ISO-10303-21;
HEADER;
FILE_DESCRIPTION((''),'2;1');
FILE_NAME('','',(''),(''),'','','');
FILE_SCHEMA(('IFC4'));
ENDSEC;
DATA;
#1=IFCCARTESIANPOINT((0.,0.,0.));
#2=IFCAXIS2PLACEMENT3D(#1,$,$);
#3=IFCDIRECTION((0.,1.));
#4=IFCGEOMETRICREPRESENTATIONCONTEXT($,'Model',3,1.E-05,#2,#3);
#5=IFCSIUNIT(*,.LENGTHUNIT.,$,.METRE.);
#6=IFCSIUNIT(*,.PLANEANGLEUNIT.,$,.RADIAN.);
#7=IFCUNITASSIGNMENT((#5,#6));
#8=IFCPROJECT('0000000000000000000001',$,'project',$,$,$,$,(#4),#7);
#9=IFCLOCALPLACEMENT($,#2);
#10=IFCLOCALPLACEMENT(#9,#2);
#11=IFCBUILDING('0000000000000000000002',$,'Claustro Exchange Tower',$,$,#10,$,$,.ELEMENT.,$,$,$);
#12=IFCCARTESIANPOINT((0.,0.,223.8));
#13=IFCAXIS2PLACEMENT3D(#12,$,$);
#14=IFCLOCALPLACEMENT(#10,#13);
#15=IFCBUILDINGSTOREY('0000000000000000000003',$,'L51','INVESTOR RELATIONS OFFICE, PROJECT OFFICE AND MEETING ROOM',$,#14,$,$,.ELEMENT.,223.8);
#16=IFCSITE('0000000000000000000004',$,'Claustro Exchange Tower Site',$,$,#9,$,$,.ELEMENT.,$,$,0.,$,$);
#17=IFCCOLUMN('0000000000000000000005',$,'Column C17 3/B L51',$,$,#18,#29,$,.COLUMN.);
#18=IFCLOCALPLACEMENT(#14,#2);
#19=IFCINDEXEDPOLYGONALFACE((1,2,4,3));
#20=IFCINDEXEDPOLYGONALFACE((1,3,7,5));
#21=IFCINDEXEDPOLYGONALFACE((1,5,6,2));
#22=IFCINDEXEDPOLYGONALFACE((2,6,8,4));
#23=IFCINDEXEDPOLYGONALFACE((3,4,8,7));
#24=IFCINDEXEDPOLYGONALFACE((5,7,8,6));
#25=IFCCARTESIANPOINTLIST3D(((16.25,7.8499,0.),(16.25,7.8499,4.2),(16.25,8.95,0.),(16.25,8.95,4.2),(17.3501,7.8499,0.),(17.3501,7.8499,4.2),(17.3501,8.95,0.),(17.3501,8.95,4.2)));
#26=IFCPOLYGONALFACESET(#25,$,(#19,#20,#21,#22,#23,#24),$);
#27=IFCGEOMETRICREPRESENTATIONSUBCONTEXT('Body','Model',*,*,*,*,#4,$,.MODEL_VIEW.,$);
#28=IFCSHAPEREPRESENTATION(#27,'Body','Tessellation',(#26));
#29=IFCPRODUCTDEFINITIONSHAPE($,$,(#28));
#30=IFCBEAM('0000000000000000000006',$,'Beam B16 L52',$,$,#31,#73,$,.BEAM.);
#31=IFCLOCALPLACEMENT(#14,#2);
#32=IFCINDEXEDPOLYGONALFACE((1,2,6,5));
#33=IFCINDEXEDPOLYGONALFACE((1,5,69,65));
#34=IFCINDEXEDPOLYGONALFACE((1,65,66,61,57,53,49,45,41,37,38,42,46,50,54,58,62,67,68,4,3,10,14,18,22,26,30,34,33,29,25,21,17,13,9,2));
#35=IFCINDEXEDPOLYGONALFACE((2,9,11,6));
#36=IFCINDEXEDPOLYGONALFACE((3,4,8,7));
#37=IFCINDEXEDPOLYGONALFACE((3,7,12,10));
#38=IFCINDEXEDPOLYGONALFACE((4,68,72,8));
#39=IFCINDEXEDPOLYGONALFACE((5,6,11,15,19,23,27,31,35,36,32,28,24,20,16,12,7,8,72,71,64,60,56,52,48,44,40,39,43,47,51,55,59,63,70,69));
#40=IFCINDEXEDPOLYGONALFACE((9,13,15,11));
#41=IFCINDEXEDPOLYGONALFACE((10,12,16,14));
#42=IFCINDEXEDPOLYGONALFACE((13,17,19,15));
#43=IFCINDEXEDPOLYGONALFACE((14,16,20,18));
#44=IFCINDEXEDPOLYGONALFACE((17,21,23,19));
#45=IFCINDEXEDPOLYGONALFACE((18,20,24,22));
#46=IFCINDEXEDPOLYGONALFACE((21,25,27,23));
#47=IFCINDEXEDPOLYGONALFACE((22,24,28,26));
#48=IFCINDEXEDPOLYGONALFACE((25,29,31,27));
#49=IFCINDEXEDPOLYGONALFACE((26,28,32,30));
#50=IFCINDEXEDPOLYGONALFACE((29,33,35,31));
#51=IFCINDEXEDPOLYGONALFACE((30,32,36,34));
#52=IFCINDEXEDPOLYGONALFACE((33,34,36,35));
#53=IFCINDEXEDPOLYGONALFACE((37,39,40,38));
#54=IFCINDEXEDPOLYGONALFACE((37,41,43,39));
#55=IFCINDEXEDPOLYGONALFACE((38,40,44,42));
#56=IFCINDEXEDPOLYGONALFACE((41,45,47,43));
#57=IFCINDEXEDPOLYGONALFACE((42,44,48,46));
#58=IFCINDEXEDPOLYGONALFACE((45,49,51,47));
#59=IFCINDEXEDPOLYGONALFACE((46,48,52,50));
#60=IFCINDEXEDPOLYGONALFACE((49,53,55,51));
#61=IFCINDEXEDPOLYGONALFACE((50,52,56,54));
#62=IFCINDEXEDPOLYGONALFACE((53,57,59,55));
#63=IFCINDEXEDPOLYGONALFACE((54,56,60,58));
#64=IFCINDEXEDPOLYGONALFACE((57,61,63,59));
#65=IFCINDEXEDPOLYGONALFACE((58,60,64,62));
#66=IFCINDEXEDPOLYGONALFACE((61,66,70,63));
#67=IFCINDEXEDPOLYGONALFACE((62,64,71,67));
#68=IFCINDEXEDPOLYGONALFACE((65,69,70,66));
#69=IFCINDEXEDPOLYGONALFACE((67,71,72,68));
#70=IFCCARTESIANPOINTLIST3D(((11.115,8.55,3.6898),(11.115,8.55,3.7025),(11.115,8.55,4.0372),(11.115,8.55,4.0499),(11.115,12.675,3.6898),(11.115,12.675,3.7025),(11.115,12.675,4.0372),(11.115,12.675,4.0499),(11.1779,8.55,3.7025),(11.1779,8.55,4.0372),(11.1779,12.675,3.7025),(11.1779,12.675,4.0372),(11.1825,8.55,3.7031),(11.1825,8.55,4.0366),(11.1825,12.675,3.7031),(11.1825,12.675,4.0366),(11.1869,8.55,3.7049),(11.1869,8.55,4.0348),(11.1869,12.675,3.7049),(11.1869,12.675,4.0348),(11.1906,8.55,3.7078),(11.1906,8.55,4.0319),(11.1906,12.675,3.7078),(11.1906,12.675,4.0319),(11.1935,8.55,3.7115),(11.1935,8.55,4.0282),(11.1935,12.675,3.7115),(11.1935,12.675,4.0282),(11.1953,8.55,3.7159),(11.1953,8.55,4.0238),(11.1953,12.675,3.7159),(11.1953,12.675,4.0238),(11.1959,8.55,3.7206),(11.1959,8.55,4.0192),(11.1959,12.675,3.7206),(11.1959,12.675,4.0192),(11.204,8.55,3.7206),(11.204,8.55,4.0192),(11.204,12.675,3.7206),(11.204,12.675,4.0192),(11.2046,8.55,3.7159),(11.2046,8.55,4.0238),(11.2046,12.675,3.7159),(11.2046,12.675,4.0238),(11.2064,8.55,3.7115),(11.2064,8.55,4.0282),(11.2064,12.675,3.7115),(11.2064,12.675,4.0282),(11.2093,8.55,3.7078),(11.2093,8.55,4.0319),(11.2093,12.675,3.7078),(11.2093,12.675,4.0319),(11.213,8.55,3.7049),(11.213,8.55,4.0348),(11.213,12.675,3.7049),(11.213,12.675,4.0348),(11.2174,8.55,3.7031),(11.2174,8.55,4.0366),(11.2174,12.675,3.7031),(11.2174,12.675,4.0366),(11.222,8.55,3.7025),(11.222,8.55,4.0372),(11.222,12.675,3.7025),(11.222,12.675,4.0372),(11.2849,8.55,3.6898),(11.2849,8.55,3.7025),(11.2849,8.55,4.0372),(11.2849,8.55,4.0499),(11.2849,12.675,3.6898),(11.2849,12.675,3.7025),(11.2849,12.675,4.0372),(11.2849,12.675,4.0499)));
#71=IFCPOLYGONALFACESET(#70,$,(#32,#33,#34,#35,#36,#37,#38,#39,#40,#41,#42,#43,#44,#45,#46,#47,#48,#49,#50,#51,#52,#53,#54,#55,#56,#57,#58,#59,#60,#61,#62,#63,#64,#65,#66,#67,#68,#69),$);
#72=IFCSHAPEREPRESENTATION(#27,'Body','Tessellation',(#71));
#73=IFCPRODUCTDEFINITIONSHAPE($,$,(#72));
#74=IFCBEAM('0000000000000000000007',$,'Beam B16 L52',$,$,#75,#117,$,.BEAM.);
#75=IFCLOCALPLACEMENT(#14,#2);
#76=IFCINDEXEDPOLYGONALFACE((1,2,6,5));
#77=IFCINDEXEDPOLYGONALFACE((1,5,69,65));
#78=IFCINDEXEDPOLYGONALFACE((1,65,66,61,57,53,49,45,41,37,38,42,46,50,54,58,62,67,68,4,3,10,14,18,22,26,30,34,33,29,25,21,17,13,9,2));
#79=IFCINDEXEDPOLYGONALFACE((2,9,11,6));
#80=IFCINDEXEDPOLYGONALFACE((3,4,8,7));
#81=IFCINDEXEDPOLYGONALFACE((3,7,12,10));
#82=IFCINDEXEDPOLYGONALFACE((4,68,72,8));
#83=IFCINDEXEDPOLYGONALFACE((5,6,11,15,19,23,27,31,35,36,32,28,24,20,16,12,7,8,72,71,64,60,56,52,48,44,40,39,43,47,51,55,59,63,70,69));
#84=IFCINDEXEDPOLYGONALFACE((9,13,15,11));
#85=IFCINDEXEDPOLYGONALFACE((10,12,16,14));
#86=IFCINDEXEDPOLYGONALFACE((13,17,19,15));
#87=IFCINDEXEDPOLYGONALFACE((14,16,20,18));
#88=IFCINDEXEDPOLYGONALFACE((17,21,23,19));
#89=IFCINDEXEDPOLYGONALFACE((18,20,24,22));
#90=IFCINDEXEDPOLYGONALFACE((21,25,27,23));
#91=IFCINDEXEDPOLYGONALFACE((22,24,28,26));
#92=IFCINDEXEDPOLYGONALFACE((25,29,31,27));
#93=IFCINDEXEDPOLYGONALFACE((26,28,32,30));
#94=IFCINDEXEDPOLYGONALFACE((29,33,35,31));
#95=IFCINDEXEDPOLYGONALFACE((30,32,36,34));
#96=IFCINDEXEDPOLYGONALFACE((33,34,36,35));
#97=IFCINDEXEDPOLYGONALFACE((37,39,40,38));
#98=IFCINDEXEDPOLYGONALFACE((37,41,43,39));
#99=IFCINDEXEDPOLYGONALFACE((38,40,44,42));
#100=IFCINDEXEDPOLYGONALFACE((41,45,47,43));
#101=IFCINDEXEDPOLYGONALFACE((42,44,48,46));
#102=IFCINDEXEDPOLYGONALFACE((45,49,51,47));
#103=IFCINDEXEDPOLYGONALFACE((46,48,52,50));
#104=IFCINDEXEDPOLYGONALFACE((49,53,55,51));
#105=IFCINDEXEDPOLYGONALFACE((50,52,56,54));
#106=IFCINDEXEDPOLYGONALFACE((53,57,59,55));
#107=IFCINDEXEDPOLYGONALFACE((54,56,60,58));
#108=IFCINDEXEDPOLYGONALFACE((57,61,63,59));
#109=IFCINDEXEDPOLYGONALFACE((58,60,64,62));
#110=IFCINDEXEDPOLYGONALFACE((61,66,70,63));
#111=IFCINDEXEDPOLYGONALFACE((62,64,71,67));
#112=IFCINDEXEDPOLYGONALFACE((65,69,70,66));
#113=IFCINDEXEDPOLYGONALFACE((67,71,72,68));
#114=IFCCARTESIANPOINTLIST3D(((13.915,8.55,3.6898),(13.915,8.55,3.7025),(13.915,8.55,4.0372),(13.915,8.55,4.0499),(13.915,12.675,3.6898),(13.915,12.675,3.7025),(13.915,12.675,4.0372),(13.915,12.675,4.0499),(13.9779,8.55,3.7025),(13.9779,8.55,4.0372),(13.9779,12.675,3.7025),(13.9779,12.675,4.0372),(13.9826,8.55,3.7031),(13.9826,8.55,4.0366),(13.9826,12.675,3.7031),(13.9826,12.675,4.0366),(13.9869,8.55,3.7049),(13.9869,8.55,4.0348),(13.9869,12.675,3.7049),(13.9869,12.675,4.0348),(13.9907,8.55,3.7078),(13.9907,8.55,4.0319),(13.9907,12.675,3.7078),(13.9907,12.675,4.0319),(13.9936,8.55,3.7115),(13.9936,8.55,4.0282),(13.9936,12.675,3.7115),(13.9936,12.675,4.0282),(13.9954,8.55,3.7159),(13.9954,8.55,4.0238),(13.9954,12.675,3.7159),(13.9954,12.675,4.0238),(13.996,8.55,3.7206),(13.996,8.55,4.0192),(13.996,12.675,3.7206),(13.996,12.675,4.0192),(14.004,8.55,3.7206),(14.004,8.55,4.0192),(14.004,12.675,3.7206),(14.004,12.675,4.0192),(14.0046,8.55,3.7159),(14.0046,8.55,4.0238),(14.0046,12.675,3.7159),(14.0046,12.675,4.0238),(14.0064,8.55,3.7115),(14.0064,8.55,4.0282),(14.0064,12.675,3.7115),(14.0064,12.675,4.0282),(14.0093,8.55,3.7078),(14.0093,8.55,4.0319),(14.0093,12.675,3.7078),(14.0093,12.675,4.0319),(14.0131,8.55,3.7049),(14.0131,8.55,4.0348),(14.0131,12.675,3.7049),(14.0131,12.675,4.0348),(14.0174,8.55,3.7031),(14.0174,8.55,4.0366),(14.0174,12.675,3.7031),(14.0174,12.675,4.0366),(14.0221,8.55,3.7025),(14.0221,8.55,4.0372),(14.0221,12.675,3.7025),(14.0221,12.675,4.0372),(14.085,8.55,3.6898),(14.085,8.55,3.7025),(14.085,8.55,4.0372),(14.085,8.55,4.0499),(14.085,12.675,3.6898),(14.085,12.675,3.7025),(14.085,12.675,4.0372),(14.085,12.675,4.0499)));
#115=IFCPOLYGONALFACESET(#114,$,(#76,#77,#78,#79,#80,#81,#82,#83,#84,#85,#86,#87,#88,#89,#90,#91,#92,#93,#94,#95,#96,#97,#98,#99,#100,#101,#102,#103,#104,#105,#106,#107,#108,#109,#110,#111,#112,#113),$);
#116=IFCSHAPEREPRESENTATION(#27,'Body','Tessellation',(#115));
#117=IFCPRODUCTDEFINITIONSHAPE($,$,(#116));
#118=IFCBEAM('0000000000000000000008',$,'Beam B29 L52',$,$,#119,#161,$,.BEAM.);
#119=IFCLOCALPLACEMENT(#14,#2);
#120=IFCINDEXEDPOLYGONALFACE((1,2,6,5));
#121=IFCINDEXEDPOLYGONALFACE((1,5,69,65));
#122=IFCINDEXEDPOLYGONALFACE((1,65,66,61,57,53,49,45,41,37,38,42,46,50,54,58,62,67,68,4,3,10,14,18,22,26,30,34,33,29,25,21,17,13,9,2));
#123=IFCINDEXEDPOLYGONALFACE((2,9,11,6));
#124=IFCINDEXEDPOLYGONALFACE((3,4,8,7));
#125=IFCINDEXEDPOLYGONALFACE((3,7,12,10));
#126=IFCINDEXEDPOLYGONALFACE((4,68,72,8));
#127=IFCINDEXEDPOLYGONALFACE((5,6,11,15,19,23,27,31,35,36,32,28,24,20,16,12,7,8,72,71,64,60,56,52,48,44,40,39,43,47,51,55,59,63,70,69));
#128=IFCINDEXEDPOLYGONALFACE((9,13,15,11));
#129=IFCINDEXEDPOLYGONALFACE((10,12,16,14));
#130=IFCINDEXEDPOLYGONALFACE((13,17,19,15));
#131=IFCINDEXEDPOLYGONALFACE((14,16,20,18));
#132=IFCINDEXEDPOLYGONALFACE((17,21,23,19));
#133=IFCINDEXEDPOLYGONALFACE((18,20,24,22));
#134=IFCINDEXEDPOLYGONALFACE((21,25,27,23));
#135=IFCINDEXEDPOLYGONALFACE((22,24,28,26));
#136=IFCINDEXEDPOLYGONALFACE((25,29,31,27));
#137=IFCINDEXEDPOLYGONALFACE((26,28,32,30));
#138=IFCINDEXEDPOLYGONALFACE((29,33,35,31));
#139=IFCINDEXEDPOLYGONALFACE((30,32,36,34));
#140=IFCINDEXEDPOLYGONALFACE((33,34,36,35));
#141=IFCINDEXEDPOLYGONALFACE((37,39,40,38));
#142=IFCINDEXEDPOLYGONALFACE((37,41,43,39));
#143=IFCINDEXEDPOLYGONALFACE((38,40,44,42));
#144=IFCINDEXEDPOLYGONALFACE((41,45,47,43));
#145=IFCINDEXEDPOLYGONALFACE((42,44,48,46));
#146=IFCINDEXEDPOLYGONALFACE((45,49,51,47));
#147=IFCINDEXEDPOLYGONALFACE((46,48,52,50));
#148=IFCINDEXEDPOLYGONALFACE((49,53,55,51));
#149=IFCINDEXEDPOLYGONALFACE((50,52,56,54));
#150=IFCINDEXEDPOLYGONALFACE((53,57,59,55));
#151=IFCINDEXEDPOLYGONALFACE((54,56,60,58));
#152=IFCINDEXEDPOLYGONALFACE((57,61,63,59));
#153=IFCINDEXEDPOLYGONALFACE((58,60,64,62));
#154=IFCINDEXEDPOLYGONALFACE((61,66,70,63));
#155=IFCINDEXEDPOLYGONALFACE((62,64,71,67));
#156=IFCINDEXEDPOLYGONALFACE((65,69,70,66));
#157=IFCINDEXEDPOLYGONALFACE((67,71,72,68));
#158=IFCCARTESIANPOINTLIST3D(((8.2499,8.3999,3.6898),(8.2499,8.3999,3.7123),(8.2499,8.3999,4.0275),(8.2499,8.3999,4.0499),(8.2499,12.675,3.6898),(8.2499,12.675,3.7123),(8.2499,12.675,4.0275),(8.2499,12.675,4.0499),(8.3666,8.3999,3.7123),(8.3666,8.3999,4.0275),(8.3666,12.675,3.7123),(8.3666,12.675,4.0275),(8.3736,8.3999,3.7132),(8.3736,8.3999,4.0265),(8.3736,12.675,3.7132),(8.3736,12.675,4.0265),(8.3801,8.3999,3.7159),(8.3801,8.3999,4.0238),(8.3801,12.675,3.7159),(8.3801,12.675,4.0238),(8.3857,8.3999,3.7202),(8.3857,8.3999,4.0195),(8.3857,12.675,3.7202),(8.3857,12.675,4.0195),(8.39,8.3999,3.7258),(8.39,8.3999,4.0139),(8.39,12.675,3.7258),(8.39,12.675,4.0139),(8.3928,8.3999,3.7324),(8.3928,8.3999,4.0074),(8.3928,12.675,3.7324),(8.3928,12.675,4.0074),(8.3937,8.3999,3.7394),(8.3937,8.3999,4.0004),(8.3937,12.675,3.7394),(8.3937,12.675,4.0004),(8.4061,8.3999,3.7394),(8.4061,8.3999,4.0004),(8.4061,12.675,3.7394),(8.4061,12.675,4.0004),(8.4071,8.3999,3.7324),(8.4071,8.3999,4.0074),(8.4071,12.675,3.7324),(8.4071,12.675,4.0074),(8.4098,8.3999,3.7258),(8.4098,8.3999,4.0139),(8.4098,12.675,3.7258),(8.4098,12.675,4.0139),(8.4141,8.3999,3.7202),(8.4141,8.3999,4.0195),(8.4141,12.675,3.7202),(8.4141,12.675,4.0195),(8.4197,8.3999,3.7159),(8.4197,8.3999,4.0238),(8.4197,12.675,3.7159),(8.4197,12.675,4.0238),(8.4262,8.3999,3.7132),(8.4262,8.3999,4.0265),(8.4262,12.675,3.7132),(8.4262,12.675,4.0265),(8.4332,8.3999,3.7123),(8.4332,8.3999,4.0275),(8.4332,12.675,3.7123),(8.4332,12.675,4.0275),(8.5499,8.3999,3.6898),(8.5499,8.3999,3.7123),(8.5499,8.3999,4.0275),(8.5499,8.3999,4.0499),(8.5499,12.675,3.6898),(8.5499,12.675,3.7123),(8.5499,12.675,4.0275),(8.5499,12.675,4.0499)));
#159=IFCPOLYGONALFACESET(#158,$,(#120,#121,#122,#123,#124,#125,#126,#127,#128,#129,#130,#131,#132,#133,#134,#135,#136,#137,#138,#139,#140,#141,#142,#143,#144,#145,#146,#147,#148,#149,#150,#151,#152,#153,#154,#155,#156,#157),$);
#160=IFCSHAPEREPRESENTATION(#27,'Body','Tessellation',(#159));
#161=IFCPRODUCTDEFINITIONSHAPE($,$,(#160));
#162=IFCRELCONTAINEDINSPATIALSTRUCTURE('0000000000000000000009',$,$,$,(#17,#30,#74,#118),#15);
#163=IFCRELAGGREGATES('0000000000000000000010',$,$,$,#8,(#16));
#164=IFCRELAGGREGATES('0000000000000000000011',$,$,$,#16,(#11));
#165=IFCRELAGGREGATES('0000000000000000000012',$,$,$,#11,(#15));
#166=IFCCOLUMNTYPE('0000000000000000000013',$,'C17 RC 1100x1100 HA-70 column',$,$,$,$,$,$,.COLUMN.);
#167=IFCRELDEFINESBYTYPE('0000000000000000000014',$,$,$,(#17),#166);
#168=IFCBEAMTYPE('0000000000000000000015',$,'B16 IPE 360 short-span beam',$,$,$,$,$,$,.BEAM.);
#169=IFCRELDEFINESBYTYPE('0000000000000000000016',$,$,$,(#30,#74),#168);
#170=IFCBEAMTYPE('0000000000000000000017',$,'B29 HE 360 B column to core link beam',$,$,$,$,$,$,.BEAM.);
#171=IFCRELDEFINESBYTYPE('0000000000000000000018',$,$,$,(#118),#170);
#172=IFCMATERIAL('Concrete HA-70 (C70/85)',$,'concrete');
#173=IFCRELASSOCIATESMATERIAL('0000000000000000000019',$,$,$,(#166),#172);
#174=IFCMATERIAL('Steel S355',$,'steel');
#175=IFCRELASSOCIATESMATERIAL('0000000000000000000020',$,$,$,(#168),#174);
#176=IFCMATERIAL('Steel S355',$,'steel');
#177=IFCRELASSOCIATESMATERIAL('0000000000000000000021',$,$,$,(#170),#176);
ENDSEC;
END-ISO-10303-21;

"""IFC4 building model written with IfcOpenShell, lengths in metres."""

from ifc_helpers import new_model, si_unit, direction, frame, origin, origin_2d, place, context, subcontext, project, spatial, rectangle, i_section, extrude, material, material_profile, profile_set, type_object, element, save


model = new_model("IFC4")

# Units and contexts
model_context = context("Model", 3, precision=1e-05, world=origin(), true_north=direction((0.0, 1.0)))
body_context = subcontext(model_context, "Body", "Model", "MODEL_VIEW")
ifc_project = project(units=[si_unit("LENGTHUNIT", "METRE"), si_unit("PLANEANGLEUNIT", "RADIAN")], contexts=[model_context])

# Site, building, storey
site_placement = place(None, origin())
site = spatial("IfcSite", under=ifc_project, at=site_placement, Name="Claustro Exchange Tower Site", CompositionType="ELEMENT", RefElevation=0.0)
building_placement = place(site_placement, origin())
building = spatial("IfcBuilding", under=site, at=building_placement, Name="Claustro Exchange Tower", CompositionType="ELEMENT")
storey_placement = place(building_placement, frame((0.0, 0.0, 223.8)))
storey = spatial("IfcBuildingStorey", under=building, at=storey_placement, Name="L51", Description="INVESTOR RELATIONS OFFICE, PROJECT OFFICE AND MEETING ROOM", CompositionType="ELEMENT", Elevation=223.8)

# Column
ifc_material_1 = material(Name="Concrete HA-70 (C70/85)", Category="concrete")
ifc_material_profile_1 = material_profile(ifc_material_1, rectangle(XDim=1.1001, YDim=1.1001, at=origin_2d()), Name="RC 1100x1100")
ifc_profile_set_1 = profile_set([ifc_material_profile_1], Name="Concrete HA-70 (C70/85)")
column_type = type_object("IfcColumnType", Name="C17 RC 1100x1100 HA-70 column", PredefinedType="COLUMN", material=ifc_profile_set_1)
column_placement = place(storey_placement, frame((16.8, 8.3999, 0.0), z_axis=(0.0, 0.0, 1.0), x_axis=(1.0, 0.0, 0.0)))
element("IfcColumn", 1, at=column_placement, inside=storey, type_object=column_type, Name="Column C17 3/B L51", PredefinedType="COLUMN", context=body_context, shape_type="SweptSolid", body=[
    extrude(rectangle(XDim=1.1001, YDim=1.1001, at=origin_2d()), origin(), (0.0, 0.0, 1.0), 4.2),
])

# Beams
ifc_material_2 = material(Name="Steel S355", Category="steel")
ifc_material_profile_2 = material_profile(ifc_material_2, i_section(OverallWidth=0.1699, OverallDepth=0.3601, WebThickness=0.0081, FlangeThickness=0.0127, FilletRadius=0.0181, at=origin_2d()), Name="IPE 360")
ifc_profile_set_2 = profile_set([ifc_material_profile_2], Name="Steel S355")
beam_type_1 = type_object("IfcBeamType", Name="B16 IPE 360 short-span beam", PredefinedType="BEAM", material=ifc_profile_set_2)
for number, where, z_axis, x_axis, name in (
    (2, (11.2, 8.55, 3.8699), (0.0, 1.0, 0.0), (-1.0, 0.0, 0.0), "Beam B16 L52"),
    (3, (14.0, 8.55, 3.8699), (0.0, 1.0, 0.0), (-1.0, 0.0, 0.0), "Beam B16 L52"),
):
    element("IfcBeam", number, at=place(storey_placement, frame(where, z_axis=z_axis, x_axis=x_axis)), inside=storey, type_object=beam_type_1, Name=name, PredefinedType="BEAM", context=body_context, shape_type="SweptSolid", body=[
        extrude(i_section(OverallWidth=0.1699, OverallDepth=0.3601, WebThickness=0.0081, FlangeThickness=0.0127, FilletRadius=0.0181, at=origin_2d()), origin(), (0.0, 0.0, 1.0), 4.125),
    ])
ifc_material_3 = material(Name="Steel S355", Category="steel")
ifc_material_profile_3 = material_profile(ifc_material_3, i_section(OverallWidth=0.3, OverallDepth=0.3601, WebThickness=0.0125, FlangeThickness=0.0225, FilletRadius=0.0271, at=origin_2d()), Name="HE 360 B")
ifc_profile_set_3 = profile_set([ifc_material_profile_3], Name="Steel S355")
beam_type_2 = type_object("IfcBeamType", Name="B29 HE 360 B column to core link beam", PredefinedType="BEAM", material=ifc_profile_set_3)
for number, where, z_axis, x_axis, name in (
    (4, (8.3999, 8.3999, 3.8699), (0.0, 1.0, 0.0), (-1.0, 0.0, 0.0), "Beam B29 L52"),
):
    element("IfcBeam", number, at=place(storey_placement, frame(where, z_axis=z_axis, x_axis=x_axis)), inside=storey, type_object=beam_type_2, Name=name, PredefinedType="BEAM", context=body_context, shape_type="SweptSolid", body=[
        extrude(i_section(OverallWidth=0.3, OverallDepth=0.3601, WebThickness=0.0125, FlangeThickness=0.0225, FilletRadius=0.0271, at=origin_2d()), origin(), (0.0, 0.0, 1.0), 4.2751),
    ])

save(model, "model.ifc")
